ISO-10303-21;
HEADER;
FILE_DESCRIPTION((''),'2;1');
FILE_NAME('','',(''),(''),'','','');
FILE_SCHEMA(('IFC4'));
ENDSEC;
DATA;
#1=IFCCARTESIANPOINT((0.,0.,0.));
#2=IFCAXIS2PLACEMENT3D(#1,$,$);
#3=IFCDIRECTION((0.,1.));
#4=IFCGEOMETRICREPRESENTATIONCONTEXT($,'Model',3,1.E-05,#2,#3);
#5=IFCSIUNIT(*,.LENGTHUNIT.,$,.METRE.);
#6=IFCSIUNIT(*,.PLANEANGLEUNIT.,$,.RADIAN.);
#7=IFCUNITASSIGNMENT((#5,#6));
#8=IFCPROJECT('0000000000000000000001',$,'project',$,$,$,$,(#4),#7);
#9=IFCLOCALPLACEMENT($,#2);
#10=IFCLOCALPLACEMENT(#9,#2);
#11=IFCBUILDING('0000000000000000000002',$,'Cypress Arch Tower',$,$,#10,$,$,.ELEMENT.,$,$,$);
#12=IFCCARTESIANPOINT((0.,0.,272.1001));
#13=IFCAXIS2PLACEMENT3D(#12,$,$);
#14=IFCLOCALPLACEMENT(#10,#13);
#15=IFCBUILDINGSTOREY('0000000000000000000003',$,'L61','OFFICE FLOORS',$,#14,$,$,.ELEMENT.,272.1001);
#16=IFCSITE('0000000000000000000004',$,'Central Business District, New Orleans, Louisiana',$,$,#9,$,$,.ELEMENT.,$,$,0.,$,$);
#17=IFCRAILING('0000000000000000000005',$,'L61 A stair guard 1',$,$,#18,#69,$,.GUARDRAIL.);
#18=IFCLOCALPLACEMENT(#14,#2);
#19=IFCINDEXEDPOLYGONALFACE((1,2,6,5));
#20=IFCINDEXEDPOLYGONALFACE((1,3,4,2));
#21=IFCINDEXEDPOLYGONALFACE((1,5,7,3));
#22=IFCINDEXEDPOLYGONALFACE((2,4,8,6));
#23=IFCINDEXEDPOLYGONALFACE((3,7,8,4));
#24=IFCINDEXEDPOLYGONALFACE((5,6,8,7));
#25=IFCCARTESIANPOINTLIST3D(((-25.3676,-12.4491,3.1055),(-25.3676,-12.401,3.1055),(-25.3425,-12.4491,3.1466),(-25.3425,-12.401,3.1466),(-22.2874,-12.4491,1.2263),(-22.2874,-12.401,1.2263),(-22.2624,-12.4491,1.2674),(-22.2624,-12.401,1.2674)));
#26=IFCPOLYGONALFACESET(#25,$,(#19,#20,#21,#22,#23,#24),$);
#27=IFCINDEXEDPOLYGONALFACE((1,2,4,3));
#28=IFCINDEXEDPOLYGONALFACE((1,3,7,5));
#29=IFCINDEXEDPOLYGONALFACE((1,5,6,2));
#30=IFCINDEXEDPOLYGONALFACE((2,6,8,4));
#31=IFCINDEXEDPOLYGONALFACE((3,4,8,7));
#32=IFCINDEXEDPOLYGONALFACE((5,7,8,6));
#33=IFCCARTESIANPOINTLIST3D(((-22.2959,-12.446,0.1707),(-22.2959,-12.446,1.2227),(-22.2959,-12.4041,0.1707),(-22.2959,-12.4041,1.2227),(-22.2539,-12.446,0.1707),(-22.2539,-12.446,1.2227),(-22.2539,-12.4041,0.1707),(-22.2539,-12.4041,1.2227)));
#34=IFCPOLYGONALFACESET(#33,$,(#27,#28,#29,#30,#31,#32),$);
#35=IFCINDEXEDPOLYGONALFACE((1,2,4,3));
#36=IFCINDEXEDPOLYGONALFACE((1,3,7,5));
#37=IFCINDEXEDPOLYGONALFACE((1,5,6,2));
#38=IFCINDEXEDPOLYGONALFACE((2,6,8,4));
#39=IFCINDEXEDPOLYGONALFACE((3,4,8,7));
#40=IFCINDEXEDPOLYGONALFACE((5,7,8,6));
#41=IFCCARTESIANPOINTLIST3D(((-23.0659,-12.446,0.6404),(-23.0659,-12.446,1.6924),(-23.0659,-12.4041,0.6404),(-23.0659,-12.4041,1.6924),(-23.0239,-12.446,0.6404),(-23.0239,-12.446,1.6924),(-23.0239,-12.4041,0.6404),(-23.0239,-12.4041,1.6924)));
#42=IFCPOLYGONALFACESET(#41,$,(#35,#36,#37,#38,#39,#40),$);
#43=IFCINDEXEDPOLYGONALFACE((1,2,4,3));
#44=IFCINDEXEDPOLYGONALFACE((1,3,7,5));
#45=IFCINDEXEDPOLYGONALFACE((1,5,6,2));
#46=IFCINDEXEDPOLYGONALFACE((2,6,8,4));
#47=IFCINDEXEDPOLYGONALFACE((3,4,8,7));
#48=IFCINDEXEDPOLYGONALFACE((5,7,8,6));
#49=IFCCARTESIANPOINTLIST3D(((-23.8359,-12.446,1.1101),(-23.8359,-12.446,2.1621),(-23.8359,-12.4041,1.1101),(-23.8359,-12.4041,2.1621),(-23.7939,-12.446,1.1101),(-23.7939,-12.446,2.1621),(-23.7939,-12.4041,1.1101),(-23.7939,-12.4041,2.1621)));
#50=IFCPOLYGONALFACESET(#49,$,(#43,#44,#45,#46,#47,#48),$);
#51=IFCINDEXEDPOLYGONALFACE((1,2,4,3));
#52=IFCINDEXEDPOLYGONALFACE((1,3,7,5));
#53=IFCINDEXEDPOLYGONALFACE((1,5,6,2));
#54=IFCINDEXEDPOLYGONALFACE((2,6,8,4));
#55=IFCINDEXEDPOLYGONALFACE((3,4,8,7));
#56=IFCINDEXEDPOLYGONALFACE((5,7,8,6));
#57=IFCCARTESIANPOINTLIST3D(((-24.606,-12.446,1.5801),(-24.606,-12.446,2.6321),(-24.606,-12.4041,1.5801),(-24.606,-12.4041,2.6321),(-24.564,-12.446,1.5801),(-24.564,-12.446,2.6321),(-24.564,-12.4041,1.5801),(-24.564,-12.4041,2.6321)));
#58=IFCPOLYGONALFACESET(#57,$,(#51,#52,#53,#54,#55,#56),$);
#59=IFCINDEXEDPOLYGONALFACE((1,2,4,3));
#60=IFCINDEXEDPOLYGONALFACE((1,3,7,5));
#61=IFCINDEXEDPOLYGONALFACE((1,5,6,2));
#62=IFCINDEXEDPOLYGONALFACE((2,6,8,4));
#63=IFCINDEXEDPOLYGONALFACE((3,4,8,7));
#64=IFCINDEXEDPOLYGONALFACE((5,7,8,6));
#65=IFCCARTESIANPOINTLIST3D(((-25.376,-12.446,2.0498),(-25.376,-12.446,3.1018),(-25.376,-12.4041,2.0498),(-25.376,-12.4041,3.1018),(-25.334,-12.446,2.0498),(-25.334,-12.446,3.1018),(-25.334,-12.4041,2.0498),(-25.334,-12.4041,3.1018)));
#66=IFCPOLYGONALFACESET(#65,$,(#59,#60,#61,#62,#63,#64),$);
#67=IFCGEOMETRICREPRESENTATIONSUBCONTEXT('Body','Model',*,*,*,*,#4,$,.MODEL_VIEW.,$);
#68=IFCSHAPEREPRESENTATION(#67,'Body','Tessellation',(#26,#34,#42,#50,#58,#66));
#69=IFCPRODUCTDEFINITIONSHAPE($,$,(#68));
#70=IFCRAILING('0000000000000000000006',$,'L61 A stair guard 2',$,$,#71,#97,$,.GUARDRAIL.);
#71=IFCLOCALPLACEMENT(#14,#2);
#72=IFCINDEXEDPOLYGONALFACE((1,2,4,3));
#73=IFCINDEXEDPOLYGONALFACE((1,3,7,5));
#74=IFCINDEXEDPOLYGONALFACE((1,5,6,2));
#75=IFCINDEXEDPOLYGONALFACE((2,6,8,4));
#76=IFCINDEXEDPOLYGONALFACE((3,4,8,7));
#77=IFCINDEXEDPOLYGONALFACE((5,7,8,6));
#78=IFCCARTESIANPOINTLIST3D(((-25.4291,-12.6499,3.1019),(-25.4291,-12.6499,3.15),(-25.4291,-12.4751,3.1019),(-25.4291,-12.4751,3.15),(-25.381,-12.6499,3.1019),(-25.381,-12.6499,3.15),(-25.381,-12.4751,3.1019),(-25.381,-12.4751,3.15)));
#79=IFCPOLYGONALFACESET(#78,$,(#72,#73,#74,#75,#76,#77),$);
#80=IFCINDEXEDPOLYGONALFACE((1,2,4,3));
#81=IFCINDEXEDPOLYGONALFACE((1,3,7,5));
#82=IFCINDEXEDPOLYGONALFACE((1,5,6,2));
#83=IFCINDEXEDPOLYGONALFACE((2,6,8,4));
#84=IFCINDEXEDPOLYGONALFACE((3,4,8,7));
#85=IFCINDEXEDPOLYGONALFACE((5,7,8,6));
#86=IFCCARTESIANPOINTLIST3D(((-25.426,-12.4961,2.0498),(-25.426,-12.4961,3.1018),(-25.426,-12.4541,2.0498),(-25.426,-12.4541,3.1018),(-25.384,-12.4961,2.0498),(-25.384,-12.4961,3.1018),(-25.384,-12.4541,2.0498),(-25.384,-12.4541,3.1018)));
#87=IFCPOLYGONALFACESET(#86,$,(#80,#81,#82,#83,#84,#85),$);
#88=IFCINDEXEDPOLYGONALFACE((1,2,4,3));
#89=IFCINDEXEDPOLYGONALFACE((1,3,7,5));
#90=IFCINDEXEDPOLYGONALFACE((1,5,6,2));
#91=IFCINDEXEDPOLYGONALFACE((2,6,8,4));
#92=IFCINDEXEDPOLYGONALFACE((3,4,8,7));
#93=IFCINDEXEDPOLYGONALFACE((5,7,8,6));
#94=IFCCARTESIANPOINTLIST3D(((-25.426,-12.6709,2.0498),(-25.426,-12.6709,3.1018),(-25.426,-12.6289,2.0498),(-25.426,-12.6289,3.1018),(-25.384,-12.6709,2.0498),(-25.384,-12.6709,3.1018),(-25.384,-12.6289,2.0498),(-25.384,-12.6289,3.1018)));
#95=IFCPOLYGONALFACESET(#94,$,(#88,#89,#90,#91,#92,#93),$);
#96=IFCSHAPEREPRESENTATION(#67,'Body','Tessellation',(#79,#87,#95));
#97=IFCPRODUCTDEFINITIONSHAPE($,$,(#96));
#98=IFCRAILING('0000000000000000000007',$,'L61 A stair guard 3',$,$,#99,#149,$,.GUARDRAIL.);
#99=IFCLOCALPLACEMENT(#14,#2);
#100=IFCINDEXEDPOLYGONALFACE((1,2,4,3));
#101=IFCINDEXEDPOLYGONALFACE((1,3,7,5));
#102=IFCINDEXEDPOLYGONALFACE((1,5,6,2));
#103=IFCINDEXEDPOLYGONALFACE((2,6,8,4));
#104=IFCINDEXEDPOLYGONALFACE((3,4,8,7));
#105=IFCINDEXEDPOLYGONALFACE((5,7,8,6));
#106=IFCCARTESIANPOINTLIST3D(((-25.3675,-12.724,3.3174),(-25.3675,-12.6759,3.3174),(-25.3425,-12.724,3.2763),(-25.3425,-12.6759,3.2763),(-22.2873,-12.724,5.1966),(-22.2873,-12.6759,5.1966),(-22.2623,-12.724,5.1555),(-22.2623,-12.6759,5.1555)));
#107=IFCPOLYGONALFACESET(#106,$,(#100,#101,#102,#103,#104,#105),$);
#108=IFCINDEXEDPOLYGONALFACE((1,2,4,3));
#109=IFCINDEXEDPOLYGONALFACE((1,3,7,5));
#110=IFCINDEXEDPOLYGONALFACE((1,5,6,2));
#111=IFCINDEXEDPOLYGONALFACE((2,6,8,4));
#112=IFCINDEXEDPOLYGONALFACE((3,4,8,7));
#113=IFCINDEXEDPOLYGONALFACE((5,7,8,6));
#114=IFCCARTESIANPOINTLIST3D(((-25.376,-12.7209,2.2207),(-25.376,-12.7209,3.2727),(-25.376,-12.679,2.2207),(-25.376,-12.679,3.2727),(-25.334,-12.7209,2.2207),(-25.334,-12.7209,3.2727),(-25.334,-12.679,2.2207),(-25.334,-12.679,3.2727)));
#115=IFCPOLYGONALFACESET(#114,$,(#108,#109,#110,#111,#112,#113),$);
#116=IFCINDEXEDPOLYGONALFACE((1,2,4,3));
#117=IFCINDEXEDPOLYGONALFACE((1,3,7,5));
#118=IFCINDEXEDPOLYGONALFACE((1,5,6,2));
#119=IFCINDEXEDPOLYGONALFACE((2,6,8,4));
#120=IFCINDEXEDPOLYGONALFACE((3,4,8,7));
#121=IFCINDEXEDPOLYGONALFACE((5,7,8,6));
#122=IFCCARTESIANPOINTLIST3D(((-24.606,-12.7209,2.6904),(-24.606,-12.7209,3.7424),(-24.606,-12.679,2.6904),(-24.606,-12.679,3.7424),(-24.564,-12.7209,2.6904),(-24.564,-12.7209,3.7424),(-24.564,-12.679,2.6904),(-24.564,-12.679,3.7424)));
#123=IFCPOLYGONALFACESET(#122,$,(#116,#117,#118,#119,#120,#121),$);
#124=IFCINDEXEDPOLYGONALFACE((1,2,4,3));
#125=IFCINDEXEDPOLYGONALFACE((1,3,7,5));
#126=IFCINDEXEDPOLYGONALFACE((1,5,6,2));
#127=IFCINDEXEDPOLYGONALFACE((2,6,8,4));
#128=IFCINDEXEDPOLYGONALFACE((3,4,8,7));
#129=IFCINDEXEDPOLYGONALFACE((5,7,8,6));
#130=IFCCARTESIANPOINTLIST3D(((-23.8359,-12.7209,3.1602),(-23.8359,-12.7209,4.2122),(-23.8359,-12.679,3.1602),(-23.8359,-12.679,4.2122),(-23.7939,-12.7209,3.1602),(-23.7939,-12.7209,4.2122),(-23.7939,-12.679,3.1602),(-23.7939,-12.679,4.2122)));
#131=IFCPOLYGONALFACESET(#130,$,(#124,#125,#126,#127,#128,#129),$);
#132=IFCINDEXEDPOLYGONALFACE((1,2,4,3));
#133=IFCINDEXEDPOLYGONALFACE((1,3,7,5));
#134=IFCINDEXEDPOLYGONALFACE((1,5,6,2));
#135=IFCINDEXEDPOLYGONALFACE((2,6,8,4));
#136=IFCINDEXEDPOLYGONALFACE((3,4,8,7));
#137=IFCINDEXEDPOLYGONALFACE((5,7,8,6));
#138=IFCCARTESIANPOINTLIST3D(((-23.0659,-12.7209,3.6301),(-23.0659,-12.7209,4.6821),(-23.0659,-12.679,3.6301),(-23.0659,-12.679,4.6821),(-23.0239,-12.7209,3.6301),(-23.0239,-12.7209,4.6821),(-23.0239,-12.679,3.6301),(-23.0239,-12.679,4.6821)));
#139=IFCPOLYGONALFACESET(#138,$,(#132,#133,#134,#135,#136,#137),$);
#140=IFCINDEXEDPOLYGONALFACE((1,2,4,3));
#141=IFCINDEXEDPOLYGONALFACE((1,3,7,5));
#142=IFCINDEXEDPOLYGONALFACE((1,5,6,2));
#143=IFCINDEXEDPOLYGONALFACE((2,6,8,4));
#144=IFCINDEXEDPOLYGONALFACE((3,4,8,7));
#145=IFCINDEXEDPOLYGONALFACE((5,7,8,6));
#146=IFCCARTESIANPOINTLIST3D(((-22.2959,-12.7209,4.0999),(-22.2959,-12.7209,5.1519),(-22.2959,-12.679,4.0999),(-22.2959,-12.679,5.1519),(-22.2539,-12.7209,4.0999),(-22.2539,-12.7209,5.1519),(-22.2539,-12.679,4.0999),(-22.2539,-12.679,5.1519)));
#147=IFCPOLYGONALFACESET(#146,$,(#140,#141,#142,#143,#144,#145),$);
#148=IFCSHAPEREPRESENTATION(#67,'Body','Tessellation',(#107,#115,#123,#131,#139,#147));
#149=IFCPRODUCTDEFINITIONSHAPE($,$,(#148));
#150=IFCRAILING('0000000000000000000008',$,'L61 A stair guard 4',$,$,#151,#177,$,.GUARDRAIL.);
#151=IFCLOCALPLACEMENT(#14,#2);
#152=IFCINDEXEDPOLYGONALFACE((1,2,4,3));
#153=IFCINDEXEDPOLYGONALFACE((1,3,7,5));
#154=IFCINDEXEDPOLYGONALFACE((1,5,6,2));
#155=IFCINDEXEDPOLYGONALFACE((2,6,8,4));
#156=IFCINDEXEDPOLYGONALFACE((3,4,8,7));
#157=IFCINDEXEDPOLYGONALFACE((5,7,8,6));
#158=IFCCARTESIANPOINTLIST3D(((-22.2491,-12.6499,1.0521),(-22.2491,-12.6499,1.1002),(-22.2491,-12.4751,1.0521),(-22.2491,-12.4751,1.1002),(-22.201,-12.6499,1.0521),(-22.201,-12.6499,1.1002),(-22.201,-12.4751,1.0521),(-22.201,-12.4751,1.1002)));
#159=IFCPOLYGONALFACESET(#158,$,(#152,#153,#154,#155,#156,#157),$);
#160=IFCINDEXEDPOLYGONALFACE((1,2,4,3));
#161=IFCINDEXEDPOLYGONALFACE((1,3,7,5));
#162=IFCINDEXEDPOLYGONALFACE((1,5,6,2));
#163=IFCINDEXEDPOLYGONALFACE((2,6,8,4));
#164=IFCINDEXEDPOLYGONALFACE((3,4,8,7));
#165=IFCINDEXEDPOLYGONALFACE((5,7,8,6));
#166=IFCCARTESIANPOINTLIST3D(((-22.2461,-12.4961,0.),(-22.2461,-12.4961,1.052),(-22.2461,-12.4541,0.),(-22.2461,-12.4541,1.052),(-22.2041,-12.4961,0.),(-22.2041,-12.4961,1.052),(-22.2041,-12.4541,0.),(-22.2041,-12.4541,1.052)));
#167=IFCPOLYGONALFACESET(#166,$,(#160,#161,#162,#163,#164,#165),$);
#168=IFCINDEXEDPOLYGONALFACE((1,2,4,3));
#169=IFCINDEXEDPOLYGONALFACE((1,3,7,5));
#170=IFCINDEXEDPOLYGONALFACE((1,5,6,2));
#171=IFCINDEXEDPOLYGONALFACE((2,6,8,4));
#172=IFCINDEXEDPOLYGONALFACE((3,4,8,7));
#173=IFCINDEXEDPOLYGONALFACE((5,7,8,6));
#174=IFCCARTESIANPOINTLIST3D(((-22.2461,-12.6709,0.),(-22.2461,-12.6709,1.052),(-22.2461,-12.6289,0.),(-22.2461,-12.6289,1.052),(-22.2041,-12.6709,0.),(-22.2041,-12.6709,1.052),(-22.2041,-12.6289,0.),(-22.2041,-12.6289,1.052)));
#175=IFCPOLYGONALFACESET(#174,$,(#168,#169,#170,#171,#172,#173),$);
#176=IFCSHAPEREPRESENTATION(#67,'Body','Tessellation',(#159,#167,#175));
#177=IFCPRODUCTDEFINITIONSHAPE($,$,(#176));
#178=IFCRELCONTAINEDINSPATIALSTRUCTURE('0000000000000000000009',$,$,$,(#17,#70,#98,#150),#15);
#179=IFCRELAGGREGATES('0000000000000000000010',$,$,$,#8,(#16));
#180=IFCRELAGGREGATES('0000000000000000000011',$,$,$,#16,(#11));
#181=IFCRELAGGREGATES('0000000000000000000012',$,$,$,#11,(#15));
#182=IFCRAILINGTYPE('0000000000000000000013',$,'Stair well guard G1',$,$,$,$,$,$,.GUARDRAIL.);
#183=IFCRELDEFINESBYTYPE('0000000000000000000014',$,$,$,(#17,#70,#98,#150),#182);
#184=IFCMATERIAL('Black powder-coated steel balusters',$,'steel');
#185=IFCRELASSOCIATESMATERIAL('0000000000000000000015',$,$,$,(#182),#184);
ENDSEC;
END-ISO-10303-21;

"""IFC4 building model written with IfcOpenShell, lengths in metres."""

from ifc_helpers import new_model, si_unit, direction, frame, origin, origin_2d, place, context, subcontext, project, spatial, rectangle, extrude, material, type_object, element, save


model = new_model("IFC4")

# Units and contexts
model_context = context("Model", 3, precision=1e-05, world=origin(), true_north=direction((0.0, 1.0)))
body_context = subcontext(model_context, "Body", "Model", "MODEL_VIEW")
ifc_project = project(units=[si_unit("LENGTHUNIT", "METRE"), si_unit("PLANEANGLEUNIT", "RADIAN")], contexts=[model_context])

# Site, building, storey
site_placement = place(None, origin())
site = spatial("IfcSite", under=ifc_project, at=site_placement, Name="Central Business District, New Orleans, Louisiana", CompositionType="ELEMENT", RefElevation=0.0)
building_placement = place(site_placement, origin())
building = spatial("IfcBuilding", under=site, at=building_placement, Name="Cypress Arch Tower", CompositionType="ELEMENT")
storey_placement = place(building_placement, frame((0.0, 0.0, 272.1001)))
storey = spatial("IfcBuildingStorey", under=building, at=storey_placement, Name="L61", Description="OFFICE FLOORS", CompositionType="ELEMENT", Elevation=272.1001)

# Railings
ifc_material_1 = material(Name="Black powder-coated steel balusters", Category="steel")
railing_type_1 = type_object("IfcRailingType", Name="Stair well guard G1", PredefinedType="GUARDRAIL", material=ifc_material_1)
railing_1_placement = place(storey_placement, frame((-22.2749, -12.425, 0.1707)))
element("IfcRailing", 1, at=railing_1_placement, inside=storey, type_object=railing_type_1, Name="L61 A stair guard 1", PredefinedType="GUARDRAIL", context=body_context, shape_type="SweptSolid", body=[
    extrude(rectangle(XDim=0.0481, YDim=0.0481, at=origin_2d()), frame((0.0, 0.0, 1.0762), z_axis=(-0.853666, 0.0, 0.52082), x_axis=(0.0, -1.0, 0.0)), (0.0, 0.0, 1.0), 3.6082),
    extrude(rectangle(XDim=0.042, YDim=0.042, at=origin_2d()), origin(), (0.0, 0.0, 1.0), 1.052),
    extrude(rectangle(XDim=0.042, YDim=0.042, at=origin_2d()), frame((-0.77, 0.0, 0.4697)), (0.0, 0.0, 1.0), 1.052),
    extrude(rectangle(XDim=0.042, YDim=0.042, at=origin_2d()), frame((-1.54, 0.0, 0.9395)), (0.0, 0.0, 1.0), 1.052),
    extrude(rectangle(XDim=0.042, YDim=0.042, at=origin_2d()), frame((-2.3101, 0.0, 1.4094)), (0.0, 0.0, 1.0), 1.052),
    extrude(rectangle(XDim=0.042, YDim=0.042, at=origin_2d()), frame((-3.0801, 0.0, 1.8792)), (0.0, 0.0, 1.0), 1.052),
])
railing_2_placement = place(storey_placement, frame((-25.405, -12.4751, 2.0498)))
element("IfcRailing", 2, at=railing_2_placement, inside=storey, type_object=railing_type_1, Name="L61 A stair guard 2", PredefinedType="GUARDRAIL", context=body_context, shape_type="SweptSolid", body=[
    extrude(rectangle(XDim=0.0481, YDim=0.0481, at=origin_2d()), frame((0.0, 0.0, 1.0762), z_axis=(0.0, -1.0, 0.0), x_axis=(1.0, 0.0, 0.0)), (0.0, 0.0, 1.0), 0.1748),
    extrude(rectangle(XDim=0.042, YDim=0.042, at=origin_2d()), origin(), (0.0, 0.0, 1.0), 1.052),
    extrude(rectangle(XDim=0.042, YDim=0.042, at=origin_2d()), frame((0.0, -0.1748, 0.0)), (0.0, 0.0, 1.0), 1.052),
])
railing_3_placement = place(storey_placement, frame((-25.355, -12.7, 2.2207)))
element("IfcRailing", 3, at=railing_3_placement, inside=storey, type_object=railing_type_1, Name="L61 A stair guard 3", PredefinedType="GUARDRAIL", context=body_context, shape_type="SweptSolid", body=[
    extrude(rectangle(XDim=0.0481, YDim=0.0481, at=origin_2d()), frame((0.0, 0.0, 1.0762), z_axis=(0.853666, 0.0, 0.52082), x_axis=(0.0, 1.0, 0.0)), (0.0, 0.0, 1.0), 3.6082),
    extrude(rectangle(XDim=0.042, YDim=0.042, at=origin_2d()), origin(), (0.0, 0.0, 1.0), 1.052),
    extrude(rectangle(XDim=0.042, YDim=0.042, at=origin_2d()), frame((0.77, 0.0, 0.4697)), (0.0, 0.0, 1.0), 1.052),
    extrude(rectangle(XDim=0.042, YDim=0.042, at=origin_2d()), frame((1.54, 0.0, 0.9395)), (0.0, 0.0, 1.0), 1.052),
    extrude(rectangle(XDim=0.042, YDim=0.042, at=origin_2d()), frame((2.3101, 0.0, 1.4094)), (0.0, 0.0, 1.0), 1.052),
    extrude(rectangle(XDim=0.042, YDim=0.042, at=origin_2d()), frame((3.0801, 0.0, 1.8792)), (0.0, 0.0, 1.0), 1.052),
])
railing_4_placement = place(storey_placement, frame((-22.2251, -12.4751, 0.0)))
element("IfcRailing", 4, at=railing_4_placement, inside=storey, type_object=railing_type_1, Name="L61 A stair guard 4", PredefinedType="GUARDRAIL", context=body_context, shape_type="SweptSolid", body=[
    extrude(rectangle(XDim=0.0481, YDim=0.0481, at=origin_2d()), frame((0.0, 0.0, 1.0762), z_axis=(0.0, -1.0, 0.0), x_axis=(1.0, 0.0, 0.0)), (0.0, 0.0, 1.0), 0.1748),
    extrude(rectangle(XDim=0.042, YDim=0.042, at=origin_2d()), origin(), (0.0, 0.0, 1.0), 1.052),
    extrude(rectangle(XDim=0.042, YDim=0.042, at=origin_2d()), frame((0.0, -0.1748, 0.0)), (0.0, 0.0, 1.0), 1.052),
])

save(model, "model.ifc")
